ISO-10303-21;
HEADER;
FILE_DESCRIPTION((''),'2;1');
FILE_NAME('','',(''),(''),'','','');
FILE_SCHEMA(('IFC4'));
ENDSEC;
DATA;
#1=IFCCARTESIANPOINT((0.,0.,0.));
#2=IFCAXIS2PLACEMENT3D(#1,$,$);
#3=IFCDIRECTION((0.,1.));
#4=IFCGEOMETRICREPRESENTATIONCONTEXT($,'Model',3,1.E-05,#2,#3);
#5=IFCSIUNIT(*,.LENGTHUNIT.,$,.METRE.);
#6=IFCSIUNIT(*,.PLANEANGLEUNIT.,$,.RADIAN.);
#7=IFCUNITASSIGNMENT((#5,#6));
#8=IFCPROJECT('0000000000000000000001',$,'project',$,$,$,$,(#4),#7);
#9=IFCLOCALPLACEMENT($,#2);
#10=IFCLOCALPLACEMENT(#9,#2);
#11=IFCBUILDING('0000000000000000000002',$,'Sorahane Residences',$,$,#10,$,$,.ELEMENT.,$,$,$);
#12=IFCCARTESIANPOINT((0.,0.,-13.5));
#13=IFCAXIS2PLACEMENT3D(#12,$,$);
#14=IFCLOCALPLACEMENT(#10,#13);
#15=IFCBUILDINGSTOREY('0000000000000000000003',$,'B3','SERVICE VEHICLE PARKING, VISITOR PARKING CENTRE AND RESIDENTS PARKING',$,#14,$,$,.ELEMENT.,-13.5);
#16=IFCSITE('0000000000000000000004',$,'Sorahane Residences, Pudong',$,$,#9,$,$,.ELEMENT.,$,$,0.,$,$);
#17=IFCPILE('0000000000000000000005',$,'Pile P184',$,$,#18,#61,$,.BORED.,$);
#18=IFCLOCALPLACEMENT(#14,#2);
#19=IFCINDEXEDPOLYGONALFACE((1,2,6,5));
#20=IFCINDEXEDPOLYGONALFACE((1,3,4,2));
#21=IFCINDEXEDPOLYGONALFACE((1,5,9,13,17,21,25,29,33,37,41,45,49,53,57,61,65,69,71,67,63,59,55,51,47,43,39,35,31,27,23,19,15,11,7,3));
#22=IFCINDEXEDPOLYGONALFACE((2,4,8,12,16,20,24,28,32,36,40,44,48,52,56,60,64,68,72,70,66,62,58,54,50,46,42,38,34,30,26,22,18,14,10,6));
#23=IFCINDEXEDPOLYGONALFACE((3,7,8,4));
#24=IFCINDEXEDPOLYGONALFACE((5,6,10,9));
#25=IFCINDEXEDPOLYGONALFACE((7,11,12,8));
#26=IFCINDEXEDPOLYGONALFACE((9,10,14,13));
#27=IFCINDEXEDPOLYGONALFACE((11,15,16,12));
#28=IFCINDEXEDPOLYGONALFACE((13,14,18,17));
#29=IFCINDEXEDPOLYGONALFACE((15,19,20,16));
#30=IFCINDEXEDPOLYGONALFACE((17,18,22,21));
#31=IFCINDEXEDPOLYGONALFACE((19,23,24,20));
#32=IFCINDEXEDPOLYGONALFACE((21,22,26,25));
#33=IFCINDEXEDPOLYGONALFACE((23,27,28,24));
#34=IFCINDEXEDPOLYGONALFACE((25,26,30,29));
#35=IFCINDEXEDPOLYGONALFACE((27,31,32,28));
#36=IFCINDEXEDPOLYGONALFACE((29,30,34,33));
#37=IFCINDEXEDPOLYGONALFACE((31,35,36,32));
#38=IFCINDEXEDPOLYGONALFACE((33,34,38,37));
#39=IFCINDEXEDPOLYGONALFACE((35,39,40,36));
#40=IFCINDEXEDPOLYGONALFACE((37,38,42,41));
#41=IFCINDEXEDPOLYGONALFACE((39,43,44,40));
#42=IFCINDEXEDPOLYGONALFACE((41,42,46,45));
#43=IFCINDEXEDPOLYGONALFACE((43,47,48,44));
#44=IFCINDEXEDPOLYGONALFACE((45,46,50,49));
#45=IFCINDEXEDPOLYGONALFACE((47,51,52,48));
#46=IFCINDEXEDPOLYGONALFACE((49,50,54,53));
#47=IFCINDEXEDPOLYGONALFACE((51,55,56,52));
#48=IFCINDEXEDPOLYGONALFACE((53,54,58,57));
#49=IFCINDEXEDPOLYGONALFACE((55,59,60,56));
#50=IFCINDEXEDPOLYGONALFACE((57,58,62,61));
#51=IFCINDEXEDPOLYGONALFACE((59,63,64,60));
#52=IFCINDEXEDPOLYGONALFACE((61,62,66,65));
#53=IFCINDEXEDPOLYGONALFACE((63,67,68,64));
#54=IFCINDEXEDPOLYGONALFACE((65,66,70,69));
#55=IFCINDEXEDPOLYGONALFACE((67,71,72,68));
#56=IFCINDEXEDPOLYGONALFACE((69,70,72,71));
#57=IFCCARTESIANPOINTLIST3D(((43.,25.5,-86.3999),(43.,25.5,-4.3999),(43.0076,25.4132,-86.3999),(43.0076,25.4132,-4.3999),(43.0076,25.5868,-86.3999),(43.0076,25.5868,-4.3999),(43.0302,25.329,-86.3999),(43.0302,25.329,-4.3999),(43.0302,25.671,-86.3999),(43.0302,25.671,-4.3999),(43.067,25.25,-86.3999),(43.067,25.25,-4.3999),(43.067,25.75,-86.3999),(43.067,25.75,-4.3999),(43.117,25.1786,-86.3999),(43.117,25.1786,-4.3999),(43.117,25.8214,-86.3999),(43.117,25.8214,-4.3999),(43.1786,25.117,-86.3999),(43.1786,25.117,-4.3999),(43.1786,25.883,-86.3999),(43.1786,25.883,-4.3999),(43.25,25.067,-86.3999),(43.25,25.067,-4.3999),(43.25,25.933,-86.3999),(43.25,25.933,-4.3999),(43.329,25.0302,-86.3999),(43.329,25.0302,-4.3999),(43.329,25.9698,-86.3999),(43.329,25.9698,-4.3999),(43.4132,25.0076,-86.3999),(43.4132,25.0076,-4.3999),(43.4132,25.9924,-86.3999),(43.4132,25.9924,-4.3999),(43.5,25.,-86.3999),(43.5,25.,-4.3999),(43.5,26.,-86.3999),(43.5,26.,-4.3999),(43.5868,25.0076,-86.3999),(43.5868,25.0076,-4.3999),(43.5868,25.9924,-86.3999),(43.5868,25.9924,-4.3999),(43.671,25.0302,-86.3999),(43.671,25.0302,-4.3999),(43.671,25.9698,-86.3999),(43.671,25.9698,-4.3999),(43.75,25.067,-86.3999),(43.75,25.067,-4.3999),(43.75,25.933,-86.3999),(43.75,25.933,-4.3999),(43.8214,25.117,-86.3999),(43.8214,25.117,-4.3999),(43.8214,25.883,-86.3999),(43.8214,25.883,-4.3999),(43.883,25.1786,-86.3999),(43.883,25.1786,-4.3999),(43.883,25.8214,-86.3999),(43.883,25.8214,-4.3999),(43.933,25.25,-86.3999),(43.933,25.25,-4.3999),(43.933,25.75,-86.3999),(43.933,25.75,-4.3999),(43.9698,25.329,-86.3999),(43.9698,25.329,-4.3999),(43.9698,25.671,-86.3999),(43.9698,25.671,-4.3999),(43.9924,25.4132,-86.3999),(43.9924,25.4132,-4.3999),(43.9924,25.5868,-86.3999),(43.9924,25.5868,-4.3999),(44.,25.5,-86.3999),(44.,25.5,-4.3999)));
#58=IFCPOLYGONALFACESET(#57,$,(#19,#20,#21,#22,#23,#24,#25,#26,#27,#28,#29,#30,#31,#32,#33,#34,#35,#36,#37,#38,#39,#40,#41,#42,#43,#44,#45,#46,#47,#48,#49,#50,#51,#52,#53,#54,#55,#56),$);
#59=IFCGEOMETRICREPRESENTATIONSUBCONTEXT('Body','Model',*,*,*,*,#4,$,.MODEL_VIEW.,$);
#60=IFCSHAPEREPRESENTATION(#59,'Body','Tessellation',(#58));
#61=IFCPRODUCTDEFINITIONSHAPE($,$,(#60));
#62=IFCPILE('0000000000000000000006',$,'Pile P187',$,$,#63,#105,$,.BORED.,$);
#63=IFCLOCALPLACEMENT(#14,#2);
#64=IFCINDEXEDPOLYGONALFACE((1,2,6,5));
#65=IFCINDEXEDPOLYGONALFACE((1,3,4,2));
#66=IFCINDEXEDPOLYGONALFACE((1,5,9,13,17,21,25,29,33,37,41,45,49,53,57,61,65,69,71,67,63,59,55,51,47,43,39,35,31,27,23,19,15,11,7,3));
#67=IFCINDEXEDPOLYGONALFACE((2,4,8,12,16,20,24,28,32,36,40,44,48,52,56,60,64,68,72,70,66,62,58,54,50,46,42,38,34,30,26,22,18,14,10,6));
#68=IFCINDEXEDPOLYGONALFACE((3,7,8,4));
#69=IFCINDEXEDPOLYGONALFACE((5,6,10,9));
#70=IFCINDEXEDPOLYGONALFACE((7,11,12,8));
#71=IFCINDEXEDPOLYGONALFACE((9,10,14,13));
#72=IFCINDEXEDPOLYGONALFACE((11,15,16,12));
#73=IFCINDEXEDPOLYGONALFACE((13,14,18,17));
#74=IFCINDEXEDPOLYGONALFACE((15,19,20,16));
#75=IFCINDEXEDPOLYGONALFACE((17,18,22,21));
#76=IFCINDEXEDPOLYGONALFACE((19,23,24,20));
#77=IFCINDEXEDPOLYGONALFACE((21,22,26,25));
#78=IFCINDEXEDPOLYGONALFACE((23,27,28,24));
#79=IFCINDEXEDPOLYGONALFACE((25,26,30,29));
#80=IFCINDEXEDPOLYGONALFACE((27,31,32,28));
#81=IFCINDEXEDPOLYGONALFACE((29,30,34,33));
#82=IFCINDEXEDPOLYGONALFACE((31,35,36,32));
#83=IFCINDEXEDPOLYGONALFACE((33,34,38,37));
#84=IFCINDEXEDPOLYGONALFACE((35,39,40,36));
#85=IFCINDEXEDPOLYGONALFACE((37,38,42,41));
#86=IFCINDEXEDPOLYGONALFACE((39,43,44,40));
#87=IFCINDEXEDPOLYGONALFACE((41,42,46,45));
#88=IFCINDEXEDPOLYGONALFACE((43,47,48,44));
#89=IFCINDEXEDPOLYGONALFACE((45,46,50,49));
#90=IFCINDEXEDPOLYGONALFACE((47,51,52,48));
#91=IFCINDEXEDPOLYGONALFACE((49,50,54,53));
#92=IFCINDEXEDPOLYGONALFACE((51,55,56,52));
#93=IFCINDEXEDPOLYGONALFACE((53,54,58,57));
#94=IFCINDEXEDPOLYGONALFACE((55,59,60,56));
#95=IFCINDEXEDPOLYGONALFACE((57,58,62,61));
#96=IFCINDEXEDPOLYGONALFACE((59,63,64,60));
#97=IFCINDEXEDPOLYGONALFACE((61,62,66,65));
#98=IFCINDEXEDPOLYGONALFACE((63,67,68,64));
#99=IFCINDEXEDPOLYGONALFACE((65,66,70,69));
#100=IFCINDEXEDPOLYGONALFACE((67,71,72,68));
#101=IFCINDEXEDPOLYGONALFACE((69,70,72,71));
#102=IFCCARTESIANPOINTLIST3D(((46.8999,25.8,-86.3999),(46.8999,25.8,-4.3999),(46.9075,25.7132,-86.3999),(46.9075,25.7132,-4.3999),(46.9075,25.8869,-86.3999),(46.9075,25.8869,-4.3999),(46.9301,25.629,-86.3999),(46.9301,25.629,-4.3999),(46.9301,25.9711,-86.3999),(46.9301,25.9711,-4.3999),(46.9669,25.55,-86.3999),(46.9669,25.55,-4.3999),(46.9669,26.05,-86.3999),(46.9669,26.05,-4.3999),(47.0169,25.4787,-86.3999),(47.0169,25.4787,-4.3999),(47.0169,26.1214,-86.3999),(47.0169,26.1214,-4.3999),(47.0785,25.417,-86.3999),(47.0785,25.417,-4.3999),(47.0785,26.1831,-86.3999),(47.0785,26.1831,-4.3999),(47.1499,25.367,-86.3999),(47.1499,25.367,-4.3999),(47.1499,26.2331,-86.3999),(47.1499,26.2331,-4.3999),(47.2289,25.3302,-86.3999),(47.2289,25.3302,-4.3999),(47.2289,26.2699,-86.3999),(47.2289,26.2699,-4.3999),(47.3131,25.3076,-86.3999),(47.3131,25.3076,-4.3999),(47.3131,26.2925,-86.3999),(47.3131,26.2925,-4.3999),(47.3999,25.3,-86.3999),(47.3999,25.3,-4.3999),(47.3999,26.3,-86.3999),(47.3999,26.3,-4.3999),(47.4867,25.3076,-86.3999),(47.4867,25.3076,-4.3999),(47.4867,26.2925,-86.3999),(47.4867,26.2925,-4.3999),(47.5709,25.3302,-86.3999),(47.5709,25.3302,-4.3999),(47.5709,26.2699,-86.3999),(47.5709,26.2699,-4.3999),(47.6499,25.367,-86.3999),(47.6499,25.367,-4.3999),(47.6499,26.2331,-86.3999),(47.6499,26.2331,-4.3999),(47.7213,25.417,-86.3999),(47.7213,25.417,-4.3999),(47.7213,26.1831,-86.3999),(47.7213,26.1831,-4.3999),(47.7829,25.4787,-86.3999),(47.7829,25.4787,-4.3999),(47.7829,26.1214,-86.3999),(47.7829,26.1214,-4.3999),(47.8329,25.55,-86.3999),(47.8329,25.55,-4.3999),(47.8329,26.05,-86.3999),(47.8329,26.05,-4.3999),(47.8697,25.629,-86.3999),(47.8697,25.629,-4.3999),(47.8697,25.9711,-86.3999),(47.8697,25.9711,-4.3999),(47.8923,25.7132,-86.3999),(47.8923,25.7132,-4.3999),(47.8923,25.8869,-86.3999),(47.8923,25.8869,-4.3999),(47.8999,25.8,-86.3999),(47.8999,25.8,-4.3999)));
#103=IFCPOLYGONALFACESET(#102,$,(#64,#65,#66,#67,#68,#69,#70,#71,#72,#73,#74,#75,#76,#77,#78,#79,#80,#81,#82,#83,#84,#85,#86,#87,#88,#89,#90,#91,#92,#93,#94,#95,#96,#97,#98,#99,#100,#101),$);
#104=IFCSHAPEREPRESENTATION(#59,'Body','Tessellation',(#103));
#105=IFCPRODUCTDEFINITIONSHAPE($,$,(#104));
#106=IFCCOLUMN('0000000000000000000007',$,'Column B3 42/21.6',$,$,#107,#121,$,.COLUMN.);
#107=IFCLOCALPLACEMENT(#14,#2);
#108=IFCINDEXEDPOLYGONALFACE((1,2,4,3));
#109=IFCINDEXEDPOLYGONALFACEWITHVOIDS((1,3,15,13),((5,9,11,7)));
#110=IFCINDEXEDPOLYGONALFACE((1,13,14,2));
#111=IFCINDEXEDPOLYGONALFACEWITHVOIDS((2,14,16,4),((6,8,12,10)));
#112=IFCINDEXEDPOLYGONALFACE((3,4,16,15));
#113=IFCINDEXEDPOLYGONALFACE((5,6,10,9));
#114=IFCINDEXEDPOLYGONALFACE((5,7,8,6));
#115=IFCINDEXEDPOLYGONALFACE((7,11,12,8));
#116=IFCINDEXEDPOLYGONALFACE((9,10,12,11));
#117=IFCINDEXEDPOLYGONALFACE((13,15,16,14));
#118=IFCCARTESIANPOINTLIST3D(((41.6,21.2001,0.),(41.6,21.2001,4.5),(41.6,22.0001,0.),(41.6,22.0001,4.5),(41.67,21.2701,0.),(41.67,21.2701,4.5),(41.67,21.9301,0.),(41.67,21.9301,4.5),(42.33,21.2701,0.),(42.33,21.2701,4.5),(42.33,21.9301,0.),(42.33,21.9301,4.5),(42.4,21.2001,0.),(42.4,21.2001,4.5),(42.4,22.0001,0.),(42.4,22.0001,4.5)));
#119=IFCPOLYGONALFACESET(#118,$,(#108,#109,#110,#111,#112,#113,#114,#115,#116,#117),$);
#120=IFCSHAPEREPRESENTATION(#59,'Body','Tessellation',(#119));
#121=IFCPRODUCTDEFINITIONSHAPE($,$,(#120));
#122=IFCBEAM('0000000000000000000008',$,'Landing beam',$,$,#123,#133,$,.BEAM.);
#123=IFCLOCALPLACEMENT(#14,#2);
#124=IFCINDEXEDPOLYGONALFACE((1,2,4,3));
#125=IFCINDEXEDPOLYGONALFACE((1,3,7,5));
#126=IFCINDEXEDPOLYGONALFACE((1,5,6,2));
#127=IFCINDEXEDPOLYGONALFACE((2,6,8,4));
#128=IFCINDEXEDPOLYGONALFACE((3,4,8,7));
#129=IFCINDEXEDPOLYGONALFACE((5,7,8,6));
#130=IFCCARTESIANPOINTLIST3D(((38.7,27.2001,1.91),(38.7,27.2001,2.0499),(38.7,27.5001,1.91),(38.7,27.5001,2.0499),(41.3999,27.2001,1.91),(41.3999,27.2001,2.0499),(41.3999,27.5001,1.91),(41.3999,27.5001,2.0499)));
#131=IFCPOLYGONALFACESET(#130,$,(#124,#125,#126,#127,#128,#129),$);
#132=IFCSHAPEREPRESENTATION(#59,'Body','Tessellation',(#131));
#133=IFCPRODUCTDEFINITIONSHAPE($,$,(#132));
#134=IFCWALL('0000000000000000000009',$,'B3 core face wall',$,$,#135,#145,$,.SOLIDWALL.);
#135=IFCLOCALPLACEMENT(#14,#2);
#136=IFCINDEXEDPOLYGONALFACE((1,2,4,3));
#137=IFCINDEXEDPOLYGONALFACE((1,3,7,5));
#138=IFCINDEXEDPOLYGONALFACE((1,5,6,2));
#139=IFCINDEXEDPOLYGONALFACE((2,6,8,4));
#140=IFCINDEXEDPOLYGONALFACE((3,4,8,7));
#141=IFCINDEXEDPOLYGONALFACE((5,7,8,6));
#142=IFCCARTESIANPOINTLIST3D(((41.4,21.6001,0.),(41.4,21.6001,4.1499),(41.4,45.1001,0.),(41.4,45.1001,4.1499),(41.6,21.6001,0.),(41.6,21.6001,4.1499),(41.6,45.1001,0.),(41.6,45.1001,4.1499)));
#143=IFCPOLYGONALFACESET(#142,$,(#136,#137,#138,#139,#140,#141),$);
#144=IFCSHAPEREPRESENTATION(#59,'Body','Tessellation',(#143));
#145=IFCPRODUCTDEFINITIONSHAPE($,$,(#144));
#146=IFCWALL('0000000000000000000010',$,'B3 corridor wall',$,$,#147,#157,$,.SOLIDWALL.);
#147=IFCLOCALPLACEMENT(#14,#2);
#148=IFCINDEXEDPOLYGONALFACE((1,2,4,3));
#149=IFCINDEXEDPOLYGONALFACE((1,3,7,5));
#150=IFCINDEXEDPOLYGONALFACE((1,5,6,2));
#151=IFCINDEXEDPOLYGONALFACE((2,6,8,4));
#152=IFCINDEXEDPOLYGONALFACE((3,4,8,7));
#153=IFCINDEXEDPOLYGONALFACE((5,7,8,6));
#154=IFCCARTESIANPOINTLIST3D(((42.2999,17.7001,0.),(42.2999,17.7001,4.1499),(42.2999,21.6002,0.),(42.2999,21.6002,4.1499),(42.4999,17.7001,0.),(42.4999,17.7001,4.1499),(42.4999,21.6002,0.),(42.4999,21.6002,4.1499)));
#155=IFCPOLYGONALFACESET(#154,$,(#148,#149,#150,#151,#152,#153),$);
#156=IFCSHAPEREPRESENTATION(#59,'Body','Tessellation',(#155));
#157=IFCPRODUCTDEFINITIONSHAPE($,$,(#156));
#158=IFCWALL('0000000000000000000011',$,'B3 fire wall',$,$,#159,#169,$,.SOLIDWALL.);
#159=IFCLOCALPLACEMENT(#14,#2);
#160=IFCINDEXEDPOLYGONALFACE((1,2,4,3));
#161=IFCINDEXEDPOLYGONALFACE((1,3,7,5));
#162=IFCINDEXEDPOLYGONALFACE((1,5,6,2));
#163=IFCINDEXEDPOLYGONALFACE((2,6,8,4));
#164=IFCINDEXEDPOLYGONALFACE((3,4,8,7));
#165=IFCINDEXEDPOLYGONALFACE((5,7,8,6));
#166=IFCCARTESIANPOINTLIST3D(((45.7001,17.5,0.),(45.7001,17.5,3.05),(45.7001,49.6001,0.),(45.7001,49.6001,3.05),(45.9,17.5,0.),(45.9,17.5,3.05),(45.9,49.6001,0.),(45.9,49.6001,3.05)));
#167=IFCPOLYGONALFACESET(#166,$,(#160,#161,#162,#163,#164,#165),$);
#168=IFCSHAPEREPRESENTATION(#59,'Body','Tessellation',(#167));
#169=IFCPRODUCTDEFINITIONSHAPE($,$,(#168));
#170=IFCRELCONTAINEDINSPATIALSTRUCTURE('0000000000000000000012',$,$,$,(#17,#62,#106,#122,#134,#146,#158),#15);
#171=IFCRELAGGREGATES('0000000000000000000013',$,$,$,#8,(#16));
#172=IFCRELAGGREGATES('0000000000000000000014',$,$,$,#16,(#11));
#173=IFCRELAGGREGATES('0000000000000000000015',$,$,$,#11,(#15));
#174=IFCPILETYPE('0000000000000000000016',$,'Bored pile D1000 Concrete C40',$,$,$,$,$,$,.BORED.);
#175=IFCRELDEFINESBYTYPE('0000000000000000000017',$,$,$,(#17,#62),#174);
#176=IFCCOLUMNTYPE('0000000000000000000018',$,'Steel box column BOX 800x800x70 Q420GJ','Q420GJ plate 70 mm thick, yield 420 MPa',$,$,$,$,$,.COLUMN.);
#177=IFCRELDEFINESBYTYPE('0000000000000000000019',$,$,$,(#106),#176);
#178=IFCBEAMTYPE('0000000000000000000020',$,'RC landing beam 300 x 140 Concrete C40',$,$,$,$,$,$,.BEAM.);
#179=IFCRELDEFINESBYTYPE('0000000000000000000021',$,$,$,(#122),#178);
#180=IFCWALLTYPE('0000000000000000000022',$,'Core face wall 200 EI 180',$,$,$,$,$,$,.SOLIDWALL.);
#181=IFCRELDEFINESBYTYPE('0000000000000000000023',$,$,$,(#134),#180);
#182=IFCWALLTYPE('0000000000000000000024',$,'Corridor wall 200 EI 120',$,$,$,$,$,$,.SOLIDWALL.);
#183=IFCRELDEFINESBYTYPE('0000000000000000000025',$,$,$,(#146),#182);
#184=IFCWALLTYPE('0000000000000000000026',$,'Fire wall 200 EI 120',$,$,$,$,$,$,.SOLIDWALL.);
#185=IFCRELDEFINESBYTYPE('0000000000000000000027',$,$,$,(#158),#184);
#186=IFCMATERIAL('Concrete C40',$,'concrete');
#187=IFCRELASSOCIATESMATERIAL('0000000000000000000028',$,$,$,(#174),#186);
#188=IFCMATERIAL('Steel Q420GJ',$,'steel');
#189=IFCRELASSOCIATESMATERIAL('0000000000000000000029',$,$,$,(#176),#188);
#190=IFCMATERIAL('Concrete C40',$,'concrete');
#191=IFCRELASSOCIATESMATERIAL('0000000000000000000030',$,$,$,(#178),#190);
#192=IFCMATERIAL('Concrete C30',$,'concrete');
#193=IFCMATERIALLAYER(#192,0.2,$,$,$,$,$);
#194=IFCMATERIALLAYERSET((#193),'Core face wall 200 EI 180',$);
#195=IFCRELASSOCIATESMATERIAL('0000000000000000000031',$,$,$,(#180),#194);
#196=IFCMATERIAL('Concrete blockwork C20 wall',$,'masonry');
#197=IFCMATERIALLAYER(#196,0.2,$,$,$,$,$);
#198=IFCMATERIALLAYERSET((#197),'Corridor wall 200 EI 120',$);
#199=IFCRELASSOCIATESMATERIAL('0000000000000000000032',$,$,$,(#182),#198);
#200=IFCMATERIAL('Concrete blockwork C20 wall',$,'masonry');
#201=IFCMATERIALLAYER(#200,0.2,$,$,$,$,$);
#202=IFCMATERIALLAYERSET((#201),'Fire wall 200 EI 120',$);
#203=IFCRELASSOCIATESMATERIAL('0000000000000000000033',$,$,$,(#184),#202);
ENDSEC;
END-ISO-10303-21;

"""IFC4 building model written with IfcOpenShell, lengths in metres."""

from ifc_helpers import new_model, si_unit, direction, frame, frame_2d, origin, origin_2d, place, context, subcontext, project, spatial, rectangle, hollow_rectangle, circle, extrude, material, layer, layer_set, material_profile, profile_set, type_object, element, save


model = new_model("IFC4")

# Units and contexts
model_context = context("Model", 3, precision=1e-05, world=origin(), true_north=direction((0.0, 1.0)))
body_context = subcontext(model_context, "Body", "Model", "MODEL_VIEW")
ifc_project = project(units=[si_unit("LENGTHUNIT", "METRE"), si_unit("PLANEANGLEUNIT", "RADIAN")], contexts=[model_context])

# Site, building, storey
site_placement = place(None, origin())
site = spatial("IfcSite", under=ifc_project, at=site_placement, Name="Sorahane Residences, Pudong", CompositionType="ELEMENT", RefElevation=0.0)
building_placement = place(site_placement, origin())
building = spatial("IfcBuilding", under=site, at=building_placement, Name="Sorahane Residences", CompositionType="ELEMENT")
storey_placement = place(building_placement, frame((0.0, 0.0, -13.5)))
storey = spatial("IfcBuildingStorey", under=building, at=storey_placement, Name="B3", Description="SERVICE VEHICLE PARKING, VISITOR PARKING CENTRE AND RESIDENTS PARKING", CompositionType="ELEMENT", Elevation=-13.5)

# Piles
ifc_material_1 = material(Name="Concrete C40", Category="concrete")
ifc_material_profile_1 = material_profile(ifc_material_1, circle(Radius=0.5, at=origin_2d()), Name="D1000")
ifc_profile_set_1 = profile_set([ifc_material_profile_1], Name="Concrete C40")
pile_type = type_object("IfcPileType", Name="Bored pile D1000 Concrete C40", PredefinedType="BORED", material=ifc_profile_set_1)
for number, where, z_axis, x_axis, name in (
    (1, (43.5, 25.5, -4.3999), (0.0, 0.0, -1.0), (1.0, 0.0, 0.0), "Pile P184"),
    (2, (47.3999, 25.8, -4.3999), (0.0, 0.0, -1.0), (1.0, 0.0, 0.0), "Pile P187"),
):
    element("IfcPile", number, at=place(storey_placement, frame(where, z_axis=z_axis, x_axis=x_axis)), inside=storey, type_object=pile_type, Name=name, PredefinedType="BORED", context=body_context, shape_type="SweptSolid", body=[
        extrude(circle(Radius=0.5, at=origin_2d()), origin(), (0.0, 0.0, 1.0), 82.0),
    ])

# Column
ifc_material_2 = material(Name="Steel Q420GJ", Category="steel")
ifc_material_profile_2 = material_profile(ifc_material_2, hollow_rectangle(XDim=0.8, YDim=0.8, WallThickness=0.0701, at=origin_2d()), Name="BOX 800x800x70")
ifc_profile_set_2 = profile_set([ifc_material_profile_2], Name="Steel Q420GJ")
column_type = type_object("IfcColumnType", Name="Steel box column BOX 800x800x70 Q420GJ", Description="Q420GJ plate 70 mm thick, yield 420 MPa", PredefinedType="COLUMN", material=ifc_profile_set_2)
column_placement = place(storey_placement, frame((42.0, 21.6001, 0.0), z_axis=(0.0, 0.0, 1.0), x_axis=(1.0, 0.0, 0.0)))
element("IfcColumn", 3, at=column_placement, inside=storey, type_object=column_type, Name="Column B3 42/21.6", PredefinedType="COLUMN", context=body_context, shape_type="SweptSolid", body=[
    extrude(hollow_rectangle(XDim=0.8, YDim=0.8, WallThickness=0.0701, at=origin_2d()), origin(), (0.0, 0.0, 1.0), 4.5),
])

# Beam
ifc_material_3 = material(Name="Concrete C40", Category="concrete")
ifc_material_profile_3 = material_profile(ifc_material_3, rectangle(XDim=0.3, YDim=0.1399, at=origin_2d()), Name="300x140")
ifc_profile_set_3 = profile_set([ifc_material_profile_3], Name="Concrete C40")
beam_type = type_object("IfcBeamType", Name="RC landing beam 300 x 140 Concrete C40", PredefinedType="BEAM", material=ifc_profile_set_3)
beam_placement = place(storey_placement, frame((38.7, 27.3501, 1.98), z_axis=(1.0, 0.0, 0.0), x_axis=(0.0, 1.0, 0.0)))
element("IfcBeam", 4, at=beam_placement, inside=storey, type_object=beam_type, Name="Landing beam", PredefinedType="BEAM", context=body_context, shape_type="SweptSolid", body=[
    extrude(rectangle(XDim=0.3, YDim=0.1399, at=origin_2d()), origin(), (0.0, 0.0, 1.0), 2.7),
])

# Walls
ifc_material_4 = material(Name="Concrete C30", Category="concrete")
ifc_layer_1 = layer(ifc_material_4, 0.2)
ifc_layer_set_1 = layer_set([ifc_layer_1], Name="Core face wall 200 EI 180")
wall_type_1 = type_object("IfcWallType", Name="Core face wall 200 EI 180", PredefinedType="SOLIDWALL", material=ifc_layer_set_1)
wall_1_placement = place(storey_placement, frame((41.5, 21.6001, 0.0), z_axis=(0.0, 0.0, 1.0), x_axis=(0.0, 1.0, 0.0)))
element("IfcWall", 5, at=wall_1_placement, inside=storey, type_object=wall_type_1, Name="B3 core face wall", PredefinedType="SOLIDWALL", context=body_context, shape_type="SweptSolid", body=[
    extrude(rectangle(XDim=23.5, YDim=0.2, at=frame_2d((11.75, 0.0))), origin(), (0.0, 0.0, 1.0), 4.1499),
])
ifc_material_5 = material(Name="Concrete blockwork C20 wall", Category="masonry")
ifc_layer_2 = layer(ifc_material_5, 0.2)
ifc_layer_set_2 = layer_set([ifc_layer_2], Name="Corridor wall 200 EI 120")
wall_type_2 = type_object("IfcWallType", Name="Corridor wall 200 EI 120", PredefinedType="SOLIDWALL", material=ifc_layer_set_2)
wall_2_placement = place(storey_placement, frame((42.3999, 17.7, 0.0), z_axis=(0.0, 0.0, 1.0), x_axis=(0.0, 1.0, 0.0)))
element("IfcWall", 6, at=wall_2_placement, inside=storey, type_object=wall_type_2, Name="B3 corridor wall", PredefinedType="SOLIDWALL", context=body_context, shape_type="SweptSolid", body=[
    extrude(rectangle(XDim=3.9001, YDim=0.2, at=frame_2d((1.9502, 0.0))), origin(), (0.0, 0.0, 1.0), 4.1499),
])
ifc_material_6 = material(Name="Concrete blockwork C20 wall", Category="masonry")
ifc_layer_3 = layer(ifc_material_6, 0.2)
ifc_layer_set_3 = layer_set([ifc_layer_3], Name="Fire wall 200 EI 120")
wall_type_3 = type_object("IfcWallType", Name="Fire wall 200 EI 120", PredefinedType="SOLIDWALL", material=ifc_layer_set_3)
wall_3_placement = place(storey_placement, frame((45.8, 17.5, 0.0), z_axis=(0.0, 0.0, 1.0), x_axis=(0.0, 1.0, 0.0)))
element("IfcWall", 7, at=wall_3_placement, inside=storey, type_object=wall_type_3, Name="B3 fire wall", PredefinedType="SOLIDWALL", context=body_context, shape_type="SweptSolid", body=[
    extrude(rectangle(XDim=32.1001, YDim=0.2, at=frame_2d((16.05, 0.0))), origin(), (0.0, 0.0, 1.0), 3.05),
])

save(model, "model.ifc")
